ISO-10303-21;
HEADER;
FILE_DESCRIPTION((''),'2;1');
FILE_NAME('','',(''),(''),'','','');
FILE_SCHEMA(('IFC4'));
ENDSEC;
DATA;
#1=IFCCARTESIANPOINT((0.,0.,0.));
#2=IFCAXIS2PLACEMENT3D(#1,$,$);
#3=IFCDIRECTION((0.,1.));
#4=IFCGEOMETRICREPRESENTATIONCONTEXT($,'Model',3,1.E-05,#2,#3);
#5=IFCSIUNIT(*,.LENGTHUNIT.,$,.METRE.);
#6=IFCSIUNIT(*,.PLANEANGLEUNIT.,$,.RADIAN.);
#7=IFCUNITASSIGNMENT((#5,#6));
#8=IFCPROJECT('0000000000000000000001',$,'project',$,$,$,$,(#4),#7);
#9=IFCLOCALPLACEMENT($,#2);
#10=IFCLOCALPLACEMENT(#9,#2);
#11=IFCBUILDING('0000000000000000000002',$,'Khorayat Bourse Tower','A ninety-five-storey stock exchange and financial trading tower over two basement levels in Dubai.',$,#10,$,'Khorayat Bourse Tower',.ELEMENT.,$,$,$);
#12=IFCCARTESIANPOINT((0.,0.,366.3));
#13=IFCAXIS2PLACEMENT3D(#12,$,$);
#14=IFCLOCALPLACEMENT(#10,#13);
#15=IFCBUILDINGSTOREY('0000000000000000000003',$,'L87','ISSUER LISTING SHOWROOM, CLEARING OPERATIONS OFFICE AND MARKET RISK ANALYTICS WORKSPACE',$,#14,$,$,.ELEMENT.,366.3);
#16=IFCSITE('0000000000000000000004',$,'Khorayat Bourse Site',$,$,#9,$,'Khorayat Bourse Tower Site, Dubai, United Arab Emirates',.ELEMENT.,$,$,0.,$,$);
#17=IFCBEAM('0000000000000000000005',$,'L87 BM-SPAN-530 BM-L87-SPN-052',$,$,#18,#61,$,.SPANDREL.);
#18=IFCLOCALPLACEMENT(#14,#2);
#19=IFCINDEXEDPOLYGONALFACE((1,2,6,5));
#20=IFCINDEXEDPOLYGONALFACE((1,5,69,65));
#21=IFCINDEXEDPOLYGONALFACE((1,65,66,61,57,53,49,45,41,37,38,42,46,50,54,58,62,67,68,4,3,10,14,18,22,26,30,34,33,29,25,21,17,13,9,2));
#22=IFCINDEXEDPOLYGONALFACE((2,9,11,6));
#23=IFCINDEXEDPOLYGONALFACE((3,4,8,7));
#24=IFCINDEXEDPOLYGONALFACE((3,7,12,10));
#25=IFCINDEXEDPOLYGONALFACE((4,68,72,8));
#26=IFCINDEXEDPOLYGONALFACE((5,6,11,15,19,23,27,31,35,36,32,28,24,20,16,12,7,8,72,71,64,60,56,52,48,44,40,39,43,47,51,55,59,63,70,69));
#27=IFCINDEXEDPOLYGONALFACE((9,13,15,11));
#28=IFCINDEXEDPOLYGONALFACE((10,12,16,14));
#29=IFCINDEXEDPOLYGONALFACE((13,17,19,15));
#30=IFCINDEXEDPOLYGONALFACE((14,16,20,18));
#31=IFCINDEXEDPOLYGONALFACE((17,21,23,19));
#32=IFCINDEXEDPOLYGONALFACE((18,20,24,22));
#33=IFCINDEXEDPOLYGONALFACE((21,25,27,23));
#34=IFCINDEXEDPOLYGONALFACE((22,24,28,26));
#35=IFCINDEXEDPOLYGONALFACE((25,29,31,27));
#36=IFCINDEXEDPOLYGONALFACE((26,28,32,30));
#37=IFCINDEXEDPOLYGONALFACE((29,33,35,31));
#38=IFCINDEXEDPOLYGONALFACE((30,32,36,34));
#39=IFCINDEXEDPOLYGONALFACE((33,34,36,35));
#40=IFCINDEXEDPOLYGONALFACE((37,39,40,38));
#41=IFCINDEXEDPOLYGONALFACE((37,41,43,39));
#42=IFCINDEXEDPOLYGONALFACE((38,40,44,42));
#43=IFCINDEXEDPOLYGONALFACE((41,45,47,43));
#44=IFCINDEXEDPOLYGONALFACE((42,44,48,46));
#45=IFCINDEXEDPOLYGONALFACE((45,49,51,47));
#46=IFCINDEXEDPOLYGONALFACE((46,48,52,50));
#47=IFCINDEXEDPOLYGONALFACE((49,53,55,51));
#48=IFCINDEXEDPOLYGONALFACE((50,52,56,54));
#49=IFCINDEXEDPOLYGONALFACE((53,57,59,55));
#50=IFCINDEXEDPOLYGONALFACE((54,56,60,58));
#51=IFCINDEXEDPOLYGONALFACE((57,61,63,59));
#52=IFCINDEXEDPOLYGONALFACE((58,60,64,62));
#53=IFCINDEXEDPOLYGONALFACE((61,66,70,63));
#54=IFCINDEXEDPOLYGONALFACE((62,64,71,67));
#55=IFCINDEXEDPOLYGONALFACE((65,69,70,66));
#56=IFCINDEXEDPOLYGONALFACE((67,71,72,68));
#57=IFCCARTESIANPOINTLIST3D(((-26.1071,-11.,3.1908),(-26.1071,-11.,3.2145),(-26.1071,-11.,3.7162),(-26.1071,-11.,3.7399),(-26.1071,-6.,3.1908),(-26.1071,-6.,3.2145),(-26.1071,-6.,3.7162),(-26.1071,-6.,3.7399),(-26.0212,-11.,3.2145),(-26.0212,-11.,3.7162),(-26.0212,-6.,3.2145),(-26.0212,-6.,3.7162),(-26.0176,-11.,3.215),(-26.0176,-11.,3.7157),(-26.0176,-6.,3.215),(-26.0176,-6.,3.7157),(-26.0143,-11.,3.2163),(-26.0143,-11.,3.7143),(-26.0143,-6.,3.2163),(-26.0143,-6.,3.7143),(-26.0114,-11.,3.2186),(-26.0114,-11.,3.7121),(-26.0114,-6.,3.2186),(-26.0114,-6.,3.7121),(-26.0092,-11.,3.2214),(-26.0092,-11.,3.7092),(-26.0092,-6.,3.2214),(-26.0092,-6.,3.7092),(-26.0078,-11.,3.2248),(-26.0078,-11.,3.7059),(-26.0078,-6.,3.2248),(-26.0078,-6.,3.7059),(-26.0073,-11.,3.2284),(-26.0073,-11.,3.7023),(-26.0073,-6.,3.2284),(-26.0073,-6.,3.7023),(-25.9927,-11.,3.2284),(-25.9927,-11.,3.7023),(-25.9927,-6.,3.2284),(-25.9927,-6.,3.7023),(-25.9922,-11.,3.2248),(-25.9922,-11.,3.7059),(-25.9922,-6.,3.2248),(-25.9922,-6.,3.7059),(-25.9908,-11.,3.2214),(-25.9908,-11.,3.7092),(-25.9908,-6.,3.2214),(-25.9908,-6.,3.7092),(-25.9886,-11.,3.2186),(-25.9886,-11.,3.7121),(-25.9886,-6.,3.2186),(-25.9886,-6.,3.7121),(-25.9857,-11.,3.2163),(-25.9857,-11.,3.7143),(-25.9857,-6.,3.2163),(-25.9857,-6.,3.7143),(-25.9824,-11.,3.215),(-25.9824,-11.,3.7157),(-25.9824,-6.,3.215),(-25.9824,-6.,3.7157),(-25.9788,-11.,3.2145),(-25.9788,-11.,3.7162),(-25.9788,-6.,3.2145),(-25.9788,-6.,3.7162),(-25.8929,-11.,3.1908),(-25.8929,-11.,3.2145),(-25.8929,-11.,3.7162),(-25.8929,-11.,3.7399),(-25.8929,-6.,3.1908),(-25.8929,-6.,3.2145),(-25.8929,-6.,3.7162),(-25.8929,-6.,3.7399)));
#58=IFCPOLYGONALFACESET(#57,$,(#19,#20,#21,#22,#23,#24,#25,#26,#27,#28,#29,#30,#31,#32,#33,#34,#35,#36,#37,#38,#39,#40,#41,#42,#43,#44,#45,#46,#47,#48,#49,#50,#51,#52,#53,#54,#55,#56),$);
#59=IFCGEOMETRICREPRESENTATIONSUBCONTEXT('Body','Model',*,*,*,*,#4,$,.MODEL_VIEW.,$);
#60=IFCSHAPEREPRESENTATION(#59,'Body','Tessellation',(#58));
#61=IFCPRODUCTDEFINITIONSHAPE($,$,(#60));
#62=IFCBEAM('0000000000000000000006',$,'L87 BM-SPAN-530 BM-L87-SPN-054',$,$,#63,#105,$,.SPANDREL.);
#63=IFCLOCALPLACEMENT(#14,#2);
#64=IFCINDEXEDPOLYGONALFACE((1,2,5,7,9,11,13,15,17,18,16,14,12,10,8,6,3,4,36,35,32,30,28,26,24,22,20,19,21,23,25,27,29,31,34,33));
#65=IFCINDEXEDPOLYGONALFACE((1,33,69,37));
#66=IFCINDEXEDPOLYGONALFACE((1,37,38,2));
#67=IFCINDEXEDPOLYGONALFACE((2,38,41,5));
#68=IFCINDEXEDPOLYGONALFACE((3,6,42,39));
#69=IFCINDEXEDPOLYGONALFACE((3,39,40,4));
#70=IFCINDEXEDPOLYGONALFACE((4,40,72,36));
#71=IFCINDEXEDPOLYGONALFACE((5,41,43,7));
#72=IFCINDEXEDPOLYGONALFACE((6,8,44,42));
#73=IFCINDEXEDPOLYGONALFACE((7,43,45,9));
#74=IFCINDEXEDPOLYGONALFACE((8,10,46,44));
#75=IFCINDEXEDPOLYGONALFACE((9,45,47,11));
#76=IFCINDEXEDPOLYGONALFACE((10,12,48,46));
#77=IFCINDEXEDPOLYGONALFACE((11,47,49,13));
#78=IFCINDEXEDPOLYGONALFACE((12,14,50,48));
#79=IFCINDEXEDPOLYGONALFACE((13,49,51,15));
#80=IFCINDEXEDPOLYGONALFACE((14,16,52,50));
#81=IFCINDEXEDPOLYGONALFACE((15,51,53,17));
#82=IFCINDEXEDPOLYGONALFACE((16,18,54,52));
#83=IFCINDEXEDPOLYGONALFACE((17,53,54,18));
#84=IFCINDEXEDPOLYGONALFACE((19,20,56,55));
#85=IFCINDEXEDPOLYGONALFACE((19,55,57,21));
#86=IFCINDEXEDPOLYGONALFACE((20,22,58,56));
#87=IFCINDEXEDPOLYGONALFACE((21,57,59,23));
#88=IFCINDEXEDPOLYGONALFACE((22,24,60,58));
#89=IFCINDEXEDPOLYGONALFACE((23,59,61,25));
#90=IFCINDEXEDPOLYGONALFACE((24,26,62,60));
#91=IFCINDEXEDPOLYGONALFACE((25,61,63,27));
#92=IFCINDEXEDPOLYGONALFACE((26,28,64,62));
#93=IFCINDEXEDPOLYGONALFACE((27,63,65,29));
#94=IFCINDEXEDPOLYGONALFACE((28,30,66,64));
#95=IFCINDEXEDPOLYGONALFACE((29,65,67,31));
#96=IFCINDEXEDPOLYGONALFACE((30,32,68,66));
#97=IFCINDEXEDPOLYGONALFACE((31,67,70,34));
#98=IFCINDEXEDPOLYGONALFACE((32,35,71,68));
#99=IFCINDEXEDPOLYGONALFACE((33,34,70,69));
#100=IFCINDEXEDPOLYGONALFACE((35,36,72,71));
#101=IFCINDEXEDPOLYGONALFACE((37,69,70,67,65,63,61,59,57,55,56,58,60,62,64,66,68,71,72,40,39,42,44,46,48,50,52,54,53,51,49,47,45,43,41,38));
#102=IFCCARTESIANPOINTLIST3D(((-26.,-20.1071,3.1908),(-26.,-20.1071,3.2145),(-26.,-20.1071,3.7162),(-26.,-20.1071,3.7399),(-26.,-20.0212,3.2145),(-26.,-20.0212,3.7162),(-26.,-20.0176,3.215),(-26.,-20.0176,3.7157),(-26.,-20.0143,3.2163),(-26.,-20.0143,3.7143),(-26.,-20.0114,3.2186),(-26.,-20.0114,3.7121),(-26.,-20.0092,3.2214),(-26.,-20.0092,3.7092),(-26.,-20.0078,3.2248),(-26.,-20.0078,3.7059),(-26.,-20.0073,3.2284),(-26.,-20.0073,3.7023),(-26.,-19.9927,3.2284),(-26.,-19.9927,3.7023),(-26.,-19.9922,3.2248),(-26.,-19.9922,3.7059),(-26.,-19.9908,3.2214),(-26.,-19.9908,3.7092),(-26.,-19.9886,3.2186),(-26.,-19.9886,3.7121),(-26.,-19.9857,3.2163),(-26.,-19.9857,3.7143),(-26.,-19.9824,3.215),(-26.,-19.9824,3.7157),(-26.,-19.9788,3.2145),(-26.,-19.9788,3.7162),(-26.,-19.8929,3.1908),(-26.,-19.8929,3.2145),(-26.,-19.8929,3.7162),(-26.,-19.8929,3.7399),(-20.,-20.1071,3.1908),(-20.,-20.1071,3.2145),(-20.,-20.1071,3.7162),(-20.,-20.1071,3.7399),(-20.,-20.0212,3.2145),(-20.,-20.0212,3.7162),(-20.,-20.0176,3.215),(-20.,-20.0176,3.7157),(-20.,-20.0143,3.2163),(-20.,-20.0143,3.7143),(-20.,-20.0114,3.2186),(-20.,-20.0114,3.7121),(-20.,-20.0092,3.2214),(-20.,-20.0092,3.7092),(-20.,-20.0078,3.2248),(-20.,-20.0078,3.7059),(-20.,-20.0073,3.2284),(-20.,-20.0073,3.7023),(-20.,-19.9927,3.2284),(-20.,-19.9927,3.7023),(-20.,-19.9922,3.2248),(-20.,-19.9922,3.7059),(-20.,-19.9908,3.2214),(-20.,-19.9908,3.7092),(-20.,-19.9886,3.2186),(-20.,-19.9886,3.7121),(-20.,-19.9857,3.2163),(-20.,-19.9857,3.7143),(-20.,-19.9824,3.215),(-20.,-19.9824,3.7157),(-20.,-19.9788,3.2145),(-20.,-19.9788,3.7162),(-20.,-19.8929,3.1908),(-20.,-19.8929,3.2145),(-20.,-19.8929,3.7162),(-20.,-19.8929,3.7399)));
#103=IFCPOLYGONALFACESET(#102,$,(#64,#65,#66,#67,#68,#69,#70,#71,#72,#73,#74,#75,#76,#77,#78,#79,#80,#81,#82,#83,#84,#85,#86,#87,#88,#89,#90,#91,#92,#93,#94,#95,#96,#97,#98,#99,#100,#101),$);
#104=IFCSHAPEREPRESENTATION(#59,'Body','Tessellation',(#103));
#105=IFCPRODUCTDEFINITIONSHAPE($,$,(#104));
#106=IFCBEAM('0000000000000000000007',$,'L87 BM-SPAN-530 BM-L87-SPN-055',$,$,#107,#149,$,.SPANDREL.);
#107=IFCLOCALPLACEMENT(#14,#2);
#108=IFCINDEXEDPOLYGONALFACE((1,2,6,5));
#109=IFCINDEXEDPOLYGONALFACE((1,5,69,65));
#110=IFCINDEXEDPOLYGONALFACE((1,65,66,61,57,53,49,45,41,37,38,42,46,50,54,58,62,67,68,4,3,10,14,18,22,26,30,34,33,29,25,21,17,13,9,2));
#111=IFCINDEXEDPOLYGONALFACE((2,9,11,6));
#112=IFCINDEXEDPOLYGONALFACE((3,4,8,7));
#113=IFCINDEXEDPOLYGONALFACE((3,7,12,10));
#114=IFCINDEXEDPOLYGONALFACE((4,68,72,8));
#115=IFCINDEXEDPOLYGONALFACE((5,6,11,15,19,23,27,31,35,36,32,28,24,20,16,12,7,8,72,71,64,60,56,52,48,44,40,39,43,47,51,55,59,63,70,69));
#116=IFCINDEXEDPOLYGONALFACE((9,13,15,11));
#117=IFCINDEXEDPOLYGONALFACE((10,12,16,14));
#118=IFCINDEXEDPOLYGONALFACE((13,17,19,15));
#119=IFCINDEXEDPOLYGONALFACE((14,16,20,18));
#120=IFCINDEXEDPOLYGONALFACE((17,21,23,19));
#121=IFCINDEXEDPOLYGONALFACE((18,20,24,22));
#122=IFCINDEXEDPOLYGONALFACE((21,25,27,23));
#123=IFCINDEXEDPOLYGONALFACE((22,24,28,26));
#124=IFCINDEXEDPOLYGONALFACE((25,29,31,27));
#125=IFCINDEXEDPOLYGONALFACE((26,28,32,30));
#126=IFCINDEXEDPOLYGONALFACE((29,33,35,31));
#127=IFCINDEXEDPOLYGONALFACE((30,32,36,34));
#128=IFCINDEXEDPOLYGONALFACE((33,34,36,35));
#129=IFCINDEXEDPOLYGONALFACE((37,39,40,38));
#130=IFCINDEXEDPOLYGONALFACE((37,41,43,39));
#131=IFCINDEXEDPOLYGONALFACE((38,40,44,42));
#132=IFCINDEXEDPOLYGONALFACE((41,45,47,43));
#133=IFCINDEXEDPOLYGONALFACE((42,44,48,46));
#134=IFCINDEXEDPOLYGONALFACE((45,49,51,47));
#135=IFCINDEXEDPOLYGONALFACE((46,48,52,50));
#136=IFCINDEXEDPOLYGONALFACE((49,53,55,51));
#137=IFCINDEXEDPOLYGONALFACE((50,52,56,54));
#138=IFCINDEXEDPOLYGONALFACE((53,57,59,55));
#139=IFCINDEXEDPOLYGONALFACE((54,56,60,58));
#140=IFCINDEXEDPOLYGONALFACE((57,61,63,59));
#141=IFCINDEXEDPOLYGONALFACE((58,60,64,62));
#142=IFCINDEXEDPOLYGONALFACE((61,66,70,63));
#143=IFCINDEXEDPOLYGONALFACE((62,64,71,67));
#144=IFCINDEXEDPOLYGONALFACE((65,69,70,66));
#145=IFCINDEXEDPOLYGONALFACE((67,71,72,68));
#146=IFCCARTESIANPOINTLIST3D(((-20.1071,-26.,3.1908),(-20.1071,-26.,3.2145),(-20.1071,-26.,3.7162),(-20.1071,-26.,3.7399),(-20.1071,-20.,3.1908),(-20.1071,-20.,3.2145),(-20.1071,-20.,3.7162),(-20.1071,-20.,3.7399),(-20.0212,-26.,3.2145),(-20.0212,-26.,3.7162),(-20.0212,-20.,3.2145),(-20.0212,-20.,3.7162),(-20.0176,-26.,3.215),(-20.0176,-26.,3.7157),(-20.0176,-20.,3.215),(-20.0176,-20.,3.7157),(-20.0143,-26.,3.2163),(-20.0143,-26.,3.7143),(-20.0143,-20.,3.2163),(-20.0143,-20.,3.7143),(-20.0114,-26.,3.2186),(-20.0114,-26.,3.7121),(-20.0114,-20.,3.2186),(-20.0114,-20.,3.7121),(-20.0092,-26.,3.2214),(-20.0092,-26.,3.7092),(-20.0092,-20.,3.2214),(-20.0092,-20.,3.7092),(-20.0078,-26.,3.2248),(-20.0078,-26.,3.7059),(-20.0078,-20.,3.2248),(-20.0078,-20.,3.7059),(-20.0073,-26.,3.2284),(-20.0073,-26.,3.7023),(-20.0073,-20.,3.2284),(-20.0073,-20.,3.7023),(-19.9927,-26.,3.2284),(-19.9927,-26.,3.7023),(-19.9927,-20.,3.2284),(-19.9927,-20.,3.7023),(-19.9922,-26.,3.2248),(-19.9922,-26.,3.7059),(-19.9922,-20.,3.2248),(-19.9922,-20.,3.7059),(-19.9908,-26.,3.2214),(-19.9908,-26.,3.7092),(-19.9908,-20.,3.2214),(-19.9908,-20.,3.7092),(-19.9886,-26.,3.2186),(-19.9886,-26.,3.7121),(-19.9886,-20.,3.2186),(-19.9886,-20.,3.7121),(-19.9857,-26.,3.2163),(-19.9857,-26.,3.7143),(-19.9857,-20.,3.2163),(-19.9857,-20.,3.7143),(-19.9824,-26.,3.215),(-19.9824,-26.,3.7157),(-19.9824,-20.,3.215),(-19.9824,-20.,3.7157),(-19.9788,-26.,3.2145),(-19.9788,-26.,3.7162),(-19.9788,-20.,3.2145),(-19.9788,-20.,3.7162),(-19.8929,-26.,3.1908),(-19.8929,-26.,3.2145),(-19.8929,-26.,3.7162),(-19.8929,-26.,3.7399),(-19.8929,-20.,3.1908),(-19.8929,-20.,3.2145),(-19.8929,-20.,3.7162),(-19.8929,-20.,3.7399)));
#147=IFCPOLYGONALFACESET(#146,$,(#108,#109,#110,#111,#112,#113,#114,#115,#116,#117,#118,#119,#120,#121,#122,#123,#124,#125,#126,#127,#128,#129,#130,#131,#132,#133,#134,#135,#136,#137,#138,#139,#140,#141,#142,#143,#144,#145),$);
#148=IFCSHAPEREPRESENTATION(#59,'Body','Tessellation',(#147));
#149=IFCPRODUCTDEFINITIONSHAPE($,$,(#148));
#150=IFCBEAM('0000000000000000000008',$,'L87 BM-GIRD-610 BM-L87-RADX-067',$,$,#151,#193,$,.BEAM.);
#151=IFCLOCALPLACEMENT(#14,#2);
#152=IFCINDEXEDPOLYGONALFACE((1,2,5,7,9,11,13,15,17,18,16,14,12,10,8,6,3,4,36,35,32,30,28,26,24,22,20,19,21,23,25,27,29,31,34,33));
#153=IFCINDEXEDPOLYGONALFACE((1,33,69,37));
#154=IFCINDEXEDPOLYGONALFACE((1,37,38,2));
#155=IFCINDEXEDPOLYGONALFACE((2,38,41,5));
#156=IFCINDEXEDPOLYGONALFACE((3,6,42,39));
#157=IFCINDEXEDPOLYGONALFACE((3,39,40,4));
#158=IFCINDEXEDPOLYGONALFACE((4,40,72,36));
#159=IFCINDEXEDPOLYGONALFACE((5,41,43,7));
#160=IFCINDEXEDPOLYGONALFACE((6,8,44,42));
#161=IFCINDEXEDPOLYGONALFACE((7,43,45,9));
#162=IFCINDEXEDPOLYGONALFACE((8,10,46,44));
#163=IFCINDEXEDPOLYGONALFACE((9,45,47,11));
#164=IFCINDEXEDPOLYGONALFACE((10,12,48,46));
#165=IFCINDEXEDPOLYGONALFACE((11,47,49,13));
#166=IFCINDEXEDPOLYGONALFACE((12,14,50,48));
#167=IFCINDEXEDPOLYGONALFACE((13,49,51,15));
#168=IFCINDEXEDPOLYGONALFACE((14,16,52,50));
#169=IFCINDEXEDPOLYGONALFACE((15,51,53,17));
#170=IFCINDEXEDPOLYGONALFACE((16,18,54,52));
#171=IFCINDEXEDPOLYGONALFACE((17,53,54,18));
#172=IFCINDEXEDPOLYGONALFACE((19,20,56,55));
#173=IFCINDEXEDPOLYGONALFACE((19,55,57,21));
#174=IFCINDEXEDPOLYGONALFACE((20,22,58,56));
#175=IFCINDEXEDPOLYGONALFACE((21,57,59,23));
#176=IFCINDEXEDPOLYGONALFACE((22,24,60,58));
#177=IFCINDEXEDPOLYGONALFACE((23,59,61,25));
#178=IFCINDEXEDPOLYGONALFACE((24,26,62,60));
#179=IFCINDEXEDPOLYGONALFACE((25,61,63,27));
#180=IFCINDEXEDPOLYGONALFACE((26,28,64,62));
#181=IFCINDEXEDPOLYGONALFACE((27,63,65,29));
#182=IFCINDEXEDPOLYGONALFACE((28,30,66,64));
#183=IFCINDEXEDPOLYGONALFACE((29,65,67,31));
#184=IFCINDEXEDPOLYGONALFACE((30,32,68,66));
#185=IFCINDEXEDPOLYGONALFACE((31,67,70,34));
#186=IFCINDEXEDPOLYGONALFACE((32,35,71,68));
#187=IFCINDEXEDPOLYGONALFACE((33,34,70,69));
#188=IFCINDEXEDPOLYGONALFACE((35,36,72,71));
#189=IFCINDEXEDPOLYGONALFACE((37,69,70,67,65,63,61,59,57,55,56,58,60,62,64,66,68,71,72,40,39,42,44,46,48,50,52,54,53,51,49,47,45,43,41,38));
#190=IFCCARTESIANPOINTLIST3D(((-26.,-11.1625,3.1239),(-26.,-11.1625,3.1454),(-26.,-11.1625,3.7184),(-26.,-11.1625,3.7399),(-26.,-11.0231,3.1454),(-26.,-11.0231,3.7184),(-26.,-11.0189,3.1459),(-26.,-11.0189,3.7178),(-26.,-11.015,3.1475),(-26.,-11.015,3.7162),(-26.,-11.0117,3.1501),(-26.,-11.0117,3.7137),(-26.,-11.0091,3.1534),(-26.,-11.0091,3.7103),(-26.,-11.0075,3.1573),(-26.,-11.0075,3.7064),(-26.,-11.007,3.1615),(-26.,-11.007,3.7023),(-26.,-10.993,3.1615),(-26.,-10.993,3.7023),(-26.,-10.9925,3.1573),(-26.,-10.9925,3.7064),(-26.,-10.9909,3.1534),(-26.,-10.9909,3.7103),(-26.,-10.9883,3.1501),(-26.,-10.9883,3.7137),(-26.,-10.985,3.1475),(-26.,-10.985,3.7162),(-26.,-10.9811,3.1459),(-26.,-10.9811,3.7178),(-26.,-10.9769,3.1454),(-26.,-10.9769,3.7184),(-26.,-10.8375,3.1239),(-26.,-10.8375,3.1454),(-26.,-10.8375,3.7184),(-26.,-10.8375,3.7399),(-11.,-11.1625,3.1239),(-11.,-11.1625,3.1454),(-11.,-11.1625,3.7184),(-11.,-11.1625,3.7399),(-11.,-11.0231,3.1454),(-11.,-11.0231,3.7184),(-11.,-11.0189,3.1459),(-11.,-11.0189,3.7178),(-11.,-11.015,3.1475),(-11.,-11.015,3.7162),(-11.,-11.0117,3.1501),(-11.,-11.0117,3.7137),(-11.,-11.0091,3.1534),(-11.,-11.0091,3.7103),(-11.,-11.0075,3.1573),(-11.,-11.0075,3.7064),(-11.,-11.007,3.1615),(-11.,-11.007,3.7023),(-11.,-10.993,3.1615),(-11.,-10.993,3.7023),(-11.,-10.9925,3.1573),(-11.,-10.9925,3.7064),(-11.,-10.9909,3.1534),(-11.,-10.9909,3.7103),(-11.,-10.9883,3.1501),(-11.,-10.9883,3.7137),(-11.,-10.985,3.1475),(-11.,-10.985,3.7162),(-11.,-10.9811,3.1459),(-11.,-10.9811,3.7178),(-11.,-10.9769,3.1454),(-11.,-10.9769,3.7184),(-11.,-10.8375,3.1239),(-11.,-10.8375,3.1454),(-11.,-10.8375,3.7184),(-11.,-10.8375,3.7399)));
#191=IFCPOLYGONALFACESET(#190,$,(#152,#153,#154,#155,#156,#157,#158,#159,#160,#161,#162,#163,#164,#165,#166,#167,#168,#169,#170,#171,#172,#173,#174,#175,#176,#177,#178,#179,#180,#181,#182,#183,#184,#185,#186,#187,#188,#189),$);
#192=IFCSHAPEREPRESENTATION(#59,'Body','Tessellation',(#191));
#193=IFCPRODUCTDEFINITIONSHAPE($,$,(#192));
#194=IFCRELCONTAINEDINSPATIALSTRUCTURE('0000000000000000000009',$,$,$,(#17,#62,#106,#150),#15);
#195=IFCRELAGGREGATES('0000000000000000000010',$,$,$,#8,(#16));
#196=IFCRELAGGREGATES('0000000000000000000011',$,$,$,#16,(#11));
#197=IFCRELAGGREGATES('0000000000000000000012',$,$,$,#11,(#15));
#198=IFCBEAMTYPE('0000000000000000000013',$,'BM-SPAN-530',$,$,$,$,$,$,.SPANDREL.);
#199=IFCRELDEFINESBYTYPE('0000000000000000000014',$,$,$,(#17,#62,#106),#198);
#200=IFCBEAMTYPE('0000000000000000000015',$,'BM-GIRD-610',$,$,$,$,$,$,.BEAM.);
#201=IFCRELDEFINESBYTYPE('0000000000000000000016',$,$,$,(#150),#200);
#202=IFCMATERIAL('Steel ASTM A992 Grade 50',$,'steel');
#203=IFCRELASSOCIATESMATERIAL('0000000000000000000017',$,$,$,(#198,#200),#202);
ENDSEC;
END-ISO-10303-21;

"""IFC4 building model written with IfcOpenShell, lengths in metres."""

from ifc_helpers import new_model, si_unit, direction, frame, origin, origin_2d, place, context, subcontext, project, spatial, i_section, extrude, source, transform, mapped, material, material_profile, profile_set, type_object, element, save


model = new_model("IFC4")

# Units and contexts
model_context = context("Model", 3, precision=1e-05, world=origin(), true_north=direction((0.0, 1.0)))
body_context = subcontext(model_context, "Body", "Model", "MODEL_VIEW")
ifc_project = project(units=[si_unit("LENGTHUNIT", "METRE"), si_unit("PLANEANGLEUNIT", "RADIAN")], contexts=[model_context])

# Site, building, storey
site_placement = place(None, origin())
site = spatial("IfcSite", under=ifc_project, at=site_placement, Name="Khorayat Bourse Site", LongName="Khorayat Bourse Tower Site, Dubai, United Arab Emirates", CompositionType="ELEMENT", RefElevation=0.0)
building_placement = place(site_placement, origin())
building = spatial("IfcBuilding", under=site, at=building_placement, Name="Khorayat Bourse Tower", Description="A ninety-five-storey stock exchange and financial trading tower over two basement levels in Dubai.", LongName="Khorayat Bourse Tower", CompositionType="ELEMENT")
storey_placement = place(building_placement, frame((0.0, 0.0, 366.3)))
storey = spatial("IfcBuildingStorey", under=building, at=storey_placement, Name="L87", Description="ISSUER LISTING SHOWROOM, CLEARING OPERATIONS OFFICE AND MARKET RISK ANALYTICS WORKSPACE", CompositionType="ELEMENT", Elevation=366.3)

# Beams
ifc_material_1 = material(Name="Steel ASTM A992 Grade 50", Category="steel")
ifc_material_profile_1 = material_profile(ifc_material_1, i_section(OverallWidth=0.2141, OverallDepth=0.5491, WebThickness=0.0146, FlangeThickness=0.0237, FilletRadius=0.0139, at=origin_2d()), Name="W530X138")
ifc_profile_set_1 = profile_set([ifc_material_profile_1], Name="Steel ASTM A992 Grade 50")
beam_type_1 = type_object("IfcBeamType", Name="BM-SPAN-530", PredefinedType="SPANDREL", material=ifc_profile_set_1)
shared_shape_1 = source(origin(), body_context, "Body", "SweptSolid", [
    extrude(i_section(OverallWidth=0.2141, OverallDepth=0.5491, WebThickness=0.0146, FlangeThickness=0.0237, FilletRadius=0.0139, at=origin_2d()), origin(), (0.0, 0.0, 1.0), 5.0),
])
beam_1_placement = place(storey_placement, frame((-26.0, -11.0, 3.4653), z_axis=(0.0, 1.0, 0.0), x_axis=(-1.0, 0.0, 0.0)))
element("IfcBeam", 1, at=beam_1_placement, inside=storey, type_object=beam_type_1, Name="L87 BM-SPAN-530 BM-L87-SPN-052", PredefinedType="SPANDREL", context=body_context, shape_type="MappedRepresentation", body=[
    mapped(shared_shape_1, transform((0.0, 0.0, 0.0), scale=1.0)),
])
shared_shape_2 = source(origin(), body_context, "Body", "SweptSolid", [
    extrude(i_section(OverallWidth=0.2141, OverallDepth=0.5491, WebThickness=0.0146, FlangeThickness=0.0237, FilletRadius=0.0139, at=origin_2d()), origin(), (0.0, 0.0, 1.0), 6.0),
])
for number, where, z_axis, x_axis, name in (
    (2, (-26.0, -20.0, 3.4653), (1.0, 0.0, 0.0), (0.0, 1.0, 0.0), "L87 BM-SPAN-530 BM-L87-SPN-054"),
    (3, (-20.0, -26.0, 3.4653), (0.0, 1.0, 0.0), (-1.0, 0.0, 0.0), "L87 BM-SPAN-530 BM-L87-SPN-055"),
):
    element("IfcBeam", number, at=place(storey_placement, frame(where, z_axis=z_axis, x_axis=x_axis)), inside=storey, type_object=beam_type_1, Name=name, PredefinedType="SPANDREL", context=body_context, shape_type="MappedRepresentation", body=[
        mapped(shared_shape_2, transform((0.0, 0.0, 0.0), scale=1.0)),
    ])
ifc_material_profile_2 = material_profile(ifc_material_1, i_section(OverallWidth=0.325, OverallDepth=0.616, WebThickness=0.0139, FlangeThickness=0.0215, FilletRadius=0.0161, at=origin_2d()), Name="W610X174")
ifc_profile_set_2 = profile_set([ifc_material_profile_2], Name="Steel ASTM A992 Grade 50")
beam_type_2 = type_object("IfcBeamType", Name="BM-GIRD-610", PredefinedType="BEAM", material=ifc_profile_set_2)
shared_shape_3 = source(origin(), body_context, "Body", "SweptSolid", [
    extrude(i_section(OverallWidth=0.325, OverallDepth=0.616, WebThickness=0.0139, FlangeThickness=0.0215, FilletRadius=0.0161, at=origin_2d()), origin(), (0.0, 0.0, 1.0), 15.0),
])
beam_2_placement = place(storey_placement, frame((-26.0, -11.0, 3.4319), z_axis=(1.0, 0.0, 0.0), x_axis=(0.0, 1.0, 0.0)))
element("IfcBeam", 4, at=beam_2_placement, inside=storey, type_object=beam_type_2, Name="L87 BM-GIRD-610 BM-L87-RADX-067", PredefinedType="BEAM", context=body_context, shape_type="MappedRepresentation", body=[
    mapped(shared_shape_3, transform((0.0, 0.0, 0.0), scale=1.0)),
])

save(model, "model.ifc")
